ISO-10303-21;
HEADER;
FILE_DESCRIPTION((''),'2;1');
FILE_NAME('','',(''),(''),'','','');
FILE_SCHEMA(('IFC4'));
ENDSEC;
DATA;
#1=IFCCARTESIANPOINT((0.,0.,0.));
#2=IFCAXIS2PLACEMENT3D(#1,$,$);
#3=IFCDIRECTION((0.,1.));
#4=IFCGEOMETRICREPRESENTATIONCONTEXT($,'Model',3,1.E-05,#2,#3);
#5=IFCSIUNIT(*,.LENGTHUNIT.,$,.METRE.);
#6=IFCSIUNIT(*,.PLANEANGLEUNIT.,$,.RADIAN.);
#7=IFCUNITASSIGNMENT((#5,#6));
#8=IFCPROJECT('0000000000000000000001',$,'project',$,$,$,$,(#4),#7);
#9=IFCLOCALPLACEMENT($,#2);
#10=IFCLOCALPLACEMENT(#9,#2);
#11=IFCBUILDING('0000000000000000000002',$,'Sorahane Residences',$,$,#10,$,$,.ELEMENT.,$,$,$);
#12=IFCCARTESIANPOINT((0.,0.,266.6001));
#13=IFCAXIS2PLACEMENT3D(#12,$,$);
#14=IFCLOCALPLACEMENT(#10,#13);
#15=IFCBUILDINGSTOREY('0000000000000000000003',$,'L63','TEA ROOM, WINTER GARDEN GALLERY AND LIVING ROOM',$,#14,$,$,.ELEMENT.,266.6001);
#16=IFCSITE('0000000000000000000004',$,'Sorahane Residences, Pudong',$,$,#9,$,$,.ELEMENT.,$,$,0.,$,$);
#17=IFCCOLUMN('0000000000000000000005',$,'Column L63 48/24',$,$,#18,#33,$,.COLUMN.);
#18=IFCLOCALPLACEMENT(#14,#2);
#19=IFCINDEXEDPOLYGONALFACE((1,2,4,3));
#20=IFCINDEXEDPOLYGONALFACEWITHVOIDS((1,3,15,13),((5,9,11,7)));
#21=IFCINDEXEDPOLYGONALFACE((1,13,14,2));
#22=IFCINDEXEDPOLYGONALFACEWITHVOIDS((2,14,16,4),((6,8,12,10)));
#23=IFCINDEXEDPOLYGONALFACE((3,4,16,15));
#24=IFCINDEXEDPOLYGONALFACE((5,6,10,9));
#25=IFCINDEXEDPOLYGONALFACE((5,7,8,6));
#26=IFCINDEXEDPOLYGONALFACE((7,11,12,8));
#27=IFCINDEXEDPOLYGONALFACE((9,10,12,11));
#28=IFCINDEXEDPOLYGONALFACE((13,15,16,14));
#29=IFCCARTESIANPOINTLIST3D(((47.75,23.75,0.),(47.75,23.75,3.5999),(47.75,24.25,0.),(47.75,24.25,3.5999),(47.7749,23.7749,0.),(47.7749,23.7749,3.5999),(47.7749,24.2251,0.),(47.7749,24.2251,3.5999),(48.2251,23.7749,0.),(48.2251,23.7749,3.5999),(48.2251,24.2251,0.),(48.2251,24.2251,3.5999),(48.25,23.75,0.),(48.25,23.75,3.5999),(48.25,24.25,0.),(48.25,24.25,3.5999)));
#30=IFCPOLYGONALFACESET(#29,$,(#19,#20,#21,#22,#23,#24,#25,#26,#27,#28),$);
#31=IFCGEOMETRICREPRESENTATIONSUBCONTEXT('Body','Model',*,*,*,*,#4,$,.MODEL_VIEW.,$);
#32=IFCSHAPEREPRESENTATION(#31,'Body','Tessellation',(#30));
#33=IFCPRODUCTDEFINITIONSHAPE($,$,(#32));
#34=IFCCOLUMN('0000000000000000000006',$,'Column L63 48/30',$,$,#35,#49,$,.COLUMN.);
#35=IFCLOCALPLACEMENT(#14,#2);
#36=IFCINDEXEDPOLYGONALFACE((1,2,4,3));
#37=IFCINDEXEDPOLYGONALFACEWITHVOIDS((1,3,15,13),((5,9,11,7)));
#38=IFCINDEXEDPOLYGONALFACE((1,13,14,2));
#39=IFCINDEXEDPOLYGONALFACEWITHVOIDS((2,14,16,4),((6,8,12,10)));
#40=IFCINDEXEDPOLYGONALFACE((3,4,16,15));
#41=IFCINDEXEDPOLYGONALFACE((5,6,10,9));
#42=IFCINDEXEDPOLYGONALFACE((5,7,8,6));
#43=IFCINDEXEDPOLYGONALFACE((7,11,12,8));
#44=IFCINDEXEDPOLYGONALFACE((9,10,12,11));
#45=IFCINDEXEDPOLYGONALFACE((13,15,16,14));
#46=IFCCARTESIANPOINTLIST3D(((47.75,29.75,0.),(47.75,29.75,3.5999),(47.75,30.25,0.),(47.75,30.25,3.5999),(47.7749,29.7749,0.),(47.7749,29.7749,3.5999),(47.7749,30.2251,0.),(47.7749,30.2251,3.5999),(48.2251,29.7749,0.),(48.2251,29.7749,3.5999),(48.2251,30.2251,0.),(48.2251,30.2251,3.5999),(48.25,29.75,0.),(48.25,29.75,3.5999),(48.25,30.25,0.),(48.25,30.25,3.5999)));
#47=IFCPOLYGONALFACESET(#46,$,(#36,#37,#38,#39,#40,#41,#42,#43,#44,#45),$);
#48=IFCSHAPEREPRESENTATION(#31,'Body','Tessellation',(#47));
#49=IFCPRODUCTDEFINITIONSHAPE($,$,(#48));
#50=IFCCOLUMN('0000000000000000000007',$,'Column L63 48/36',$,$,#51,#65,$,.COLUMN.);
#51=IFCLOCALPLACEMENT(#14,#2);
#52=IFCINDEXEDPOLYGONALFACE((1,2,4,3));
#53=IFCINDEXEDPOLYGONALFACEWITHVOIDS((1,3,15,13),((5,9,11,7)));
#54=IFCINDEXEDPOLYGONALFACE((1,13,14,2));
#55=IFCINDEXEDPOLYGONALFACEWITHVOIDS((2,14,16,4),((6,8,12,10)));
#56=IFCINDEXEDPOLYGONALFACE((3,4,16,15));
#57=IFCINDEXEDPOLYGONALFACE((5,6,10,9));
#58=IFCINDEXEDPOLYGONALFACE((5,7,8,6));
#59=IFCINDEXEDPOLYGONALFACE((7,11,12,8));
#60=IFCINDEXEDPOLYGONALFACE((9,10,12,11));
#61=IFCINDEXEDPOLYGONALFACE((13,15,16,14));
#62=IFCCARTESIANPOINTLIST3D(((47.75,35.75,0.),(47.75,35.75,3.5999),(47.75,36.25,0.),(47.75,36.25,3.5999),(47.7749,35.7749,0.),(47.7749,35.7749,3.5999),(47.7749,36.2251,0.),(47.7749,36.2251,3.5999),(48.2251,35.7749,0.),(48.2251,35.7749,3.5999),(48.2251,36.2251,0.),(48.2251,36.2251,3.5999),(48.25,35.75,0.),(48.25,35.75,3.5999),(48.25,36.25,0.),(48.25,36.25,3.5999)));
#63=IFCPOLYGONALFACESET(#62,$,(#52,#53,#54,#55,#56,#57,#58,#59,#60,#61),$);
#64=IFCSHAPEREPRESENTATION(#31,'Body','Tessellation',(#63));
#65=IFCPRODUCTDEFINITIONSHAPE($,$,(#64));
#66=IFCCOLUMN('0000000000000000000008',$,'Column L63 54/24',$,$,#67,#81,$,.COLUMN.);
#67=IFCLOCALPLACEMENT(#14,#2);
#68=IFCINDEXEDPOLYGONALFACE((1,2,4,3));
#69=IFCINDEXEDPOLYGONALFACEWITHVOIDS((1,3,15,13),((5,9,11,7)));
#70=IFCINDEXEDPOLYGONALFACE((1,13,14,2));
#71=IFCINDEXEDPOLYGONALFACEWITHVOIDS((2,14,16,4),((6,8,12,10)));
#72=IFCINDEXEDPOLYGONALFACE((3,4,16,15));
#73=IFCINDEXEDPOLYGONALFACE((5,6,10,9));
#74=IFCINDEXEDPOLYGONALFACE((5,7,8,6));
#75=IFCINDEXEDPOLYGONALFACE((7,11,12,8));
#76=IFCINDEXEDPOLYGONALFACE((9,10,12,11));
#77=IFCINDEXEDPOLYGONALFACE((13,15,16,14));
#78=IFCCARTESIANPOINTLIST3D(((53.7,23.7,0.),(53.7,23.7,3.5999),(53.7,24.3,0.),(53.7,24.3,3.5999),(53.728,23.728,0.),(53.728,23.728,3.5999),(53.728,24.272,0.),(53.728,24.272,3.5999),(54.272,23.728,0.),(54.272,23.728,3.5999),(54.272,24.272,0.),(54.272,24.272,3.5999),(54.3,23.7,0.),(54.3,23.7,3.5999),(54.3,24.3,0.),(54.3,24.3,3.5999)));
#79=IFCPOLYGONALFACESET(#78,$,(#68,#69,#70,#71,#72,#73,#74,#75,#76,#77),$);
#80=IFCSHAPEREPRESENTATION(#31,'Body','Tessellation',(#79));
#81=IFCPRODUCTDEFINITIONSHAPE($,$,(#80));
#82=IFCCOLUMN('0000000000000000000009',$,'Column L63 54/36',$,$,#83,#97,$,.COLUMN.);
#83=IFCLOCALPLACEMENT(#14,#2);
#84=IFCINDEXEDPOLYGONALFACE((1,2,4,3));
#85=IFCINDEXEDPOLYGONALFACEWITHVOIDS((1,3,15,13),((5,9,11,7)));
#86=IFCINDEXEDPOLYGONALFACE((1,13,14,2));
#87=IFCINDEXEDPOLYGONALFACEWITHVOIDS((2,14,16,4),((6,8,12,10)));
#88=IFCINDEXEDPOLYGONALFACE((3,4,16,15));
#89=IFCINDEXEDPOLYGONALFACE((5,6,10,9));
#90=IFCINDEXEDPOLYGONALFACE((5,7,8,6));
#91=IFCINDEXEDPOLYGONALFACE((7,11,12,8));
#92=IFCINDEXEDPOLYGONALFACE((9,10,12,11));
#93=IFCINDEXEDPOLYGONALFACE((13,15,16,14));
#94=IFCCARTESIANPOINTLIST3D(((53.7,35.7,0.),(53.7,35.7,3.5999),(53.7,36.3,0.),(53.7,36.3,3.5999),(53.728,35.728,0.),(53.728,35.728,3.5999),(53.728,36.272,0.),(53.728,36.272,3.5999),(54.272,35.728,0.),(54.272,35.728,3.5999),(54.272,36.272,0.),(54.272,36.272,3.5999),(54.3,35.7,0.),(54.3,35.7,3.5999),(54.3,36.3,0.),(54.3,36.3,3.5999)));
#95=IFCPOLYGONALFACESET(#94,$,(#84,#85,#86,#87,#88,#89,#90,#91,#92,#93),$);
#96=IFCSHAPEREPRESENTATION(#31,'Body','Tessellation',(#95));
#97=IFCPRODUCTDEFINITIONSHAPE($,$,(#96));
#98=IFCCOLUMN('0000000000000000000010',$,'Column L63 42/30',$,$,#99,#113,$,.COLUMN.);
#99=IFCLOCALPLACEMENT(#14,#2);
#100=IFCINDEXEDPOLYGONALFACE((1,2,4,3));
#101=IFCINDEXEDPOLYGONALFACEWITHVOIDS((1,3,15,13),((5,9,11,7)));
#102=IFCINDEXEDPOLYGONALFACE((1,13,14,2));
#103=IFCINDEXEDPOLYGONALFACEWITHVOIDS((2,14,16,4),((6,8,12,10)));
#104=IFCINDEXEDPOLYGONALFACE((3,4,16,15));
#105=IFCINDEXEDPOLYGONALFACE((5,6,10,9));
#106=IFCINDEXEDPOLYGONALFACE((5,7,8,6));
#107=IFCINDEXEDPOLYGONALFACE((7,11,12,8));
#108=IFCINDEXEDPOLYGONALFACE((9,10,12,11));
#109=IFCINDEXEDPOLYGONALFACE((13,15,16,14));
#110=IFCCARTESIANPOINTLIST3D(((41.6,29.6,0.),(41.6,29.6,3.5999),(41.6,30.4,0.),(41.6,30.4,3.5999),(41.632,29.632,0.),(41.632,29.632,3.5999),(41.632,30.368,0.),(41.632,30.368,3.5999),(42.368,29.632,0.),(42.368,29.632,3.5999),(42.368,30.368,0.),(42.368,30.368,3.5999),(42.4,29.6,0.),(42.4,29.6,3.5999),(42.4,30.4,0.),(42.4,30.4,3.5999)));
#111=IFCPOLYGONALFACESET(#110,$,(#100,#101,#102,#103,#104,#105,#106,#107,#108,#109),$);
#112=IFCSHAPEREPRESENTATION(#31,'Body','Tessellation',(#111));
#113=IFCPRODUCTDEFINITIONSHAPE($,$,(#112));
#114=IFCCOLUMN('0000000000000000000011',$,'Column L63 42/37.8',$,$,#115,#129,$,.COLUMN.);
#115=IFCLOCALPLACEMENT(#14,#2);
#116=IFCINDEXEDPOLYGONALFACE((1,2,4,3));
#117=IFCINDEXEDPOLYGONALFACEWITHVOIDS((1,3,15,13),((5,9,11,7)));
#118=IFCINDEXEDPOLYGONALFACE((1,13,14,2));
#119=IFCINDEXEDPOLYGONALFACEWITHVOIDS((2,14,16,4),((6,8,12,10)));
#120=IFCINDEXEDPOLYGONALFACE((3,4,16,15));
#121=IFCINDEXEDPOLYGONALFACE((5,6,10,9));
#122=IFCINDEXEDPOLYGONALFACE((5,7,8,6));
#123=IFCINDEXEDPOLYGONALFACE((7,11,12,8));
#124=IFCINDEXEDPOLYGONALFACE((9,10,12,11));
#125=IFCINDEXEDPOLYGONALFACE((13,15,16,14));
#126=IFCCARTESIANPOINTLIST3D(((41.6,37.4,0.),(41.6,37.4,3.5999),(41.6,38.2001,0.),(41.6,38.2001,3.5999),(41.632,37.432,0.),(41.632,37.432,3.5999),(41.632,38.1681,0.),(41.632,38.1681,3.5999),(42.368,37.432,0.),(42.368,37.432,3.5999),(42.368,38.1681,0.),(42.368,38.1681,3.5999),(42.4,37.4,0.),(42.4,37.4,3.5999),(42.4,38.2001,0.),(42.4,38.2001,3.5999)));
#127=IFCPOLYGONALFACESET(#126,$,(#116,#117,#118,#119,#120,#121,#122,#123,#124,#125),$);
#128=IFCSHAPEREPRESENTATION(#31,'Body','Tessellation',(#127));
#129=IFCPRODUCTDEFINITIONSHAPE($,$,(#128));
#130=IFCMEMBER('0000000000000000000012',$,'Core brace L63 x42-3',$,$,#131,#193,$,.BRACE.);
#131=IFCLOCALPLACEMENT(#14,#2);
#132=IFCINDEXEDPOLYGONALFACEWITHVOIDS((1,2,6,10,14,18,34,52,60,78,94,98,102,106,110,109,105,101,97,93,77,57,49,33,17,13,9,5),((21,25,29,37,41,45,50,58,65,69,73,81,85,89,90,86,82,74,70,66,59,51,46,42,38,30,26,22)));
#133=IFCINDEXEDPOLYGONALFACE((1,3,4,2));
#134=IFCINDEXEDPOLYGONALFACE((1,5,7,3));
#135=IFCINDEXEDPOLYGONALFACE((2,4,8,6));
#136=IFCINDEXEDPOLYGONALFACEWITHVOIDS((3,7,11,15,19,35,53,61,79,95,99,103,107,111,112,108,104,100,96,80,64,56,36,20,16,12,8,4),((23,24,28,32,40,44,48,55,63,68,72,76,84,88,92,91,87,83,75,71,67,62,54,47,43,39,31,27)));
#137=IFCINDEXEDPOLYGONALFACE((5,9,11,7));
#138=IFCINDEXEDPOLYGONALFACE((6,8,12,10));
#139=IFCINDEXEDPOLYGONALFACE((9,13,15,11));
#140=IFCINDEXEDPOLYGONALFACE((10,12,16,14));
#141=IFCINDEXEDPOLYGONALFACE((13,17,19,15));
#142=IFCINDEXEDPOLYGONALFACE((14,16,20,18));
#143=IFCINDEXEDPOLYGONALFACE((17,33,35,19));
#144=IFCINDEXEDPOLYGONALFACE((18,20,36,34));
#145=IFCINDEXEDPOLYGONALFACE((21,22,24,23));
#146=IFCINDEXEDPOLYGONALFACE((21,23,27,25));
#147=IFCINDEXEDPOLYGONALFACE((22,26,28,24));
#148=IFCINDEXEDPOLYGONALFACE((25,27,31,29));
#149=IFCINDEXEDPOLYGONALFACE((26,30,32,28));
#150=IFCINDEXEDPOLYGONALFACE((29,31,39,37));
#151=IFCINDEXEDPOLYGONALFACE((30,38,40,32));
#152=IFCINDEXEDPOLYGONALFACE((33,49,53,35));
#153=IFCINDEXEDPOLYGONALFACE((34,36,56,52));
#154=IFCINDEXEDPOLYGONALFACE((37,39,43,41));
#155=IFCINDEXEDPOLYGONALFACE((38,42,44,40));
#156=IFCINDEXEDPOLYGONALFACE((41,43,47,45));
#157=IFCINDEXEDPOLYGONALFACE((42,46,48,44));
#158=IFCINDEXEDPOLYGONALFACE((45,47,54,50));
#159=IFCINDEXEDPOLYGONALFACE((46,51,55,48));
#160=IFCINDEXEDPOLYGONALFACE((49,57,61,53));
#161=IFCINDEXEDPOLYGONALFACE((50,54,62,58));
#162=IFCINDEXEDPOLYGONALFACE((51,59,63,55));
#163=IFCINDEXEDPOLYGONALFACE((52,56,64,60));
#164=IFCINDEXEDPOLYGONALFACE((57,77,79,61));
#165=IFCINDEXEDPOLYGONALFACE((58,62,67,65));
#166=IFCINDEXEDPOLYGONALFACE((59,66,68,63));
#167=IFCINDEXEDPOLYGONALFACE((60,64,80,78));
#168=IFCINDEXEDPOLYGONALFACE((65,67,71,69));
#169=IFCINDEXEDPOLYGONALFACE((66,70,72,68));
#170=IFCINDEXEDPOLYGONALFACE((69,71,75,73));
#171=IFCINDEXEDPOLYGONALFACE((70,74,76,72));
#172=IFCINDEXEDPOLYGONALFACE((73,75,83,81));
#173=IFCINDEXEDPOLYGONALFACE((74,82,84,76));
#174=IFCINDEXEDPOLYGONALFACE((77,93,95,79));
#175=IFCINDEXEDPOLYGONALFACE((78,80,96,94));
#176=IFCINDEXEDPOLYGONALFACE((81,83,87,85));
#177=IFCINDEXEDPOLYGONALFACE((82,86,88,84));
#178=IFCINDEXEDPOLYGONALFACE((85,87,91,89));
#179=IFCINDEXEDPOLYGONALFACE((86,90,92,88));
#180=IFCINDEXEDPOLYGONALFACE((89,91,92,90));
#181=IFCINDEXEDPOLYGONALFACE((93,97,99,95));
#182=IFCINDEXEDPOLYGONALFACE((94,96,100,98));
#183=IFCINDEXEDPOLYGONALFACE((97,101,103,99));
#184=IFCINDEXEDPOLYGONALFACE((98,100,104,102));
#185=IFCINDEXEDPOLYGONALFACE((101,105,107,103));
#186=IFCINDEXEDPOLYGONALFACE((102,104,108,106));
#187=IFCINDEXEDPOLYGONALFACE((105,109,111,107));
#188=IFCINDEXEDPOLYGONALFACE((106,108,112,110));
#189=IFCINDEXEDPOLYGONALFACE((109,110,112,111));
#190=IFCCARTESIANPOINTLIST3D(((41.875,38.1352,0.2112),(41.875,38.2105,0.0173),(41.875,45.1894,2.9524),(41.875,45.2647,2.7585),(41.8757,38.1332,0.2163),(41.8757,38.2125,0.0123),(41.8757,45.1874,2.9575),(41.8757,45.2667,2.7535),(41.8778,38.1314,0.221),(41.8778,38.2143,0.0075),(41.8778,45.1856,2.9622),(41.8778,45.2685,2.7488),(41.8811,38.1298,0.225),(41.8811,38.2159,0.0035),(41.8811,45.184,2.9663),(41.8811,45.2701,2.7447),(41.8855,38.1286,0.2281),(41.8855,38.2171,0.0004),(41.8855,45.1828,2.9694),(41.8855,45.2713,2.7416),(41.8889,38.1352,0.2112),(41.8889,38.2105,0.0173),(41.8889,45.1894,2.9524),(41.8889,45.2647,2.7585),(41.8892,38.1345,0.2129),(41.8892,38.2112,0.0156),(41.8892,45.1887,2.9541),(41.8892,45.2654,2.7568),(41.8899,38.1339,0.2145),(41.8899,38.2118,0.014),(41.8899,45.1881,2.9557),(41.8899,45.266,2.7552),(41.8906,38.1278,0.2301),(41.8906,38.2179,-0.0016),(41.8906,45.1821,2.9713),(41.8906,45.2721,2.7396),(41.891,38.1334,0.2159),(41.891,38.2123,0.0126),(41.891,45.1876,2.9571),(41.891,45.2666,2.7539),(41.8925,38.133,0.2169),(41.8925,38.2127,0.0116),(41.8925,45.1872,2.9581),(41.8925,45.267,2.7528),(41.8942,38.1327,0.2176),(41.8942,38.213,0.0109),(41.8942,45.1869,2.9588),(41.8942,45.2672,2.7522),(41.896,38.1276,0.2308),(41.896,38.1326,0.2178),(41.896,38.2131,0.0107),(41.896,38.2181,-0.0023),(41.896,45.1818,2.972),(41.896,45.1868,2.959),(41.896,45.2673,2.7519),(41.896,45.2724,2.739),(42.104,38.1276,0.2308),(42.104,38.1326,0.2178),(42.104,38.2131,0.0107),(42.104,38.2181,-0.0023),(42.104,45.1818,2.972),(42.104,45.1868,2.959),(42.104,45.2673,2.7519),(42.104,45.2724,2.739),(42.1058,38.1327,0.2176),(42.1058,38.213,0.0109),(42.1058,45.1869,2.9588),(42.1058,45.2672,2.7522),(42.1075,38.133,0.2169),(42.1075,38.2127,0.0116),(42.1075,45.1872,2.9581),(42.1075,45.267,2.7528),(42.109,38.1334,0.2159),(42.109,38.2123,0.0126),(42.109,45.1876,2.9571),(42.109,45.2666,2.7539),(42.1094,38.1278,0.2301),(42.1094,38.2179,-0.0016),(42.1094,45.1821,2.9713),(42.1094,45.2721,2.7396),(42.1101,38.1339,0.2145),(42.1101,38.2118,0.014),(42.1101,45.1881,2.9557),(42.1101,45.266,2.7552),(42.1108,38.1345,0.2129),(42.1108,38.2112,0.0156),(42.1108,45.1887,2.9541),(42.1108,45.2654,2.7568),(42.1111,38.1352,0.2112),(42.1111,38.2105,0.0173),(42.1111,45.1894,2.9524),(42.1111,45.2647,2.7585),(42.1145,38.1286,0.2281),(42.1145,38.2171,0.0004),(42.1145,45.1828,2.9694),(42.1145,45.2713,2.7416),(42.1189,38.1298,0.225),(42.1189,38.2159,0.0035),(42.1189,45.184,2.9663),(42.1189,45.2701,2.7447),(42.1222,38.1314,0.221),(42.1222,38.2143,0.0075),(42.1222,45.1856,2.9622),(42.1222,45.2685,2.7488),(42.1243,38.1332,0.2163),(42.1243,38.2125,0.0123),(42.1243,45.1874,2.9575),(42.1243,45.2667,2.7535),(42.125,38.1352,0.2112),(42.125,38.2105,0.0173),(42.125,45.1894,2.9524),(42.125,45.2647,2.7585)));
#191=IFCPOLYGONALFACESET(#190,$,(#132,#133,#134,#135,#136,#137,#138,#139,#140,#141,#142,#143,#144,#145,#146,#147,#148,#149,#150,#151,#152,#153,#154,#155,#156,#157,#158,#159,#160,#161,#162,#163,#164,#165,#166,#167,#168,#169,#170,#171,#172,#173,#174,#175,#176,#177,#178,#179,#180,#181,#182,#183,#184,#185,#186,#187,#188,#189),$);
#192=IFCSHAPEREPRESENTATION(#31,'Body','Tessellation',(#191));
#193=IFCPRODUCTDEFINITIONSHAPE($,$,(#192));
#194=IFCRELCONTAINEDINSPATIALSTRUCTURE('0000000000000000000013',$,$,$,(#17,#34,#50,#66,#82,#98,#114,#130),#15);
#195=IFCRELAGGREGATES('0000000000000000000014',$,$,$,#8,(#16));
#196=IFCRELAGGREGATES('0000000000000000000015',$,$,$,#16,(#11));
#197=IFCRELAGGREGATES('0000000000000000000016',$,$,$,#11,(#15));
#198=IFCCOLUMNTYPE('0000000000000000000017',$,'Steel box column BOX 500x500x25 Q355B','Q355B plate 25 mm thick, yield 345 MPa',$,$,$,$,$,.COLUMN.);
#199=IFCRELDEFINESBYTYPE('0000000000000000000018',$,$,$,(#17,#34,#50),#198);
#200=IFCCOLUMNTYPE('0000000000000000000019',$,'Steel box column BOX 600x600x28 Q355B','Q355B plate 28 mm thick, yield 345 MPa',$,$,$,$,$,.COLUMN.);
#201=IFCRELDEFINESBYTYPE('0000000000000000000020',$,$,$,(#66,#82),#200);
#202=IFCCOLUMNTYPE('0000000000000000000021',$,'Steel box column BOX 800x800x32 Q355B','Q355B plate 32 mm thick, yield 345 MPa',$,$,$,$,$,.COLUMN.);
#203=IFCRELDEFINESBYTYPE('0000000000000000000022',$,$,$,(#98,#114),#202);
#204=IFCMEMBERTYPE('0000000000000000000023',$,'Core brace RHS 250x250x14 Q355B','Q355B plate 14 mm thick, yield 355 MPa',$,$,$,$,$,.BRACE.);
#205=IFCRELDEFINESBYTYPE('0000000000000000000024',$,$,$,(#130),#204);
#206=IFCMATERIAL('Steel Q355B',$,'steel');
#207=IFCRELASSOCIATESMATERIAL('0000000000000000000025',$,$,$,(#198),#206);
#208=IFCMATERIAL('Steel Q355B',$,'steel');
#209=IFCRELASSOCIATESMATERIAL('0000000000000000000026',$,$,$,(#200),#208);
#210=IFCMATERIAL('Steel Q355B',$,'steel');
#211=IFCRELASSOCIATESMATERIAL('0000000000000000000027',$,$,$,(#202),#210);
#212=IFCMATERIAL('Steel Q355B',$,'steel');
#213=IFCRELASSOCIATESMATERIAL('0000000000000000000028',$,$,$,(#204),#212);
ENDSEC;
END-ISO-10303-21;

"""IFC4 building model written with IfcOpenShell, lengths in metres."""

from ifc_helpers import new_model, si_unit, direction, frame, origin, origin_2d, place, context, subcontext, project, spatial, hollow_rectangle, extrude, material, material_profile, profile_set, type_object, element, save


model = new_model("IFC4")

# Units and contexts
model_context = context("Model", 3, precision=1e-05, world=origin(), true_north=direction((0.0, 1.0)))
body_context = subcontext(model_context, "Body", "Model", "MODEL_VIEW")
ifc_project = project(units=[si_unit("LENGTHUNIT", "METRE"), si_unit("PLANEANGLEUNIT", "RADIAN")], contexts=[model_context])

# Site, building, storey
site_placement = place(None, origin())
site = spatial("IfcSite", under=ifc_project, at=site_placement, Name="Sorahane Residences, Pudong", CompositionType="ELEMENT", RefElevation=0.0)
building_placement = place(site_placement, origin())
building = spatial("IfcBuilding", under=site, at=building_placement, Name="Sorahane Residences", CompositionType="ELEMENT")
storey_placement = place(building_placement, frame((0.0, 0.0, 266.6001)))
storey = spatial("IfcBuildingStorey", under=building, at=storey_placement, Name="L63", Description="TEA ROOM, WINTER GARDEN GALLERY AND LIVING ROOM", CompositionType="ELEMENT", Elevation=266.6001)

# Columns
ifc_material_1 = material(Name="Steel Q355B", Category="steel")
ifc_material_profile_1 = material_profile(ifc_material_1, hollow_rectangle(XDim=0.5, YDim=0.5, WallThickness=0.0249, at=origin_2d()), Name="BOX 500x500x25")
ifc_profile_set_1 = profile_set([ifc_material_profile_1], Name="Steel Q355B")
column_type_1 = type_object("IfcColumnType", Name="Steel box column BOX 500x500x25 Q355B", Description="Q355B plate 25 mm thick, yield 345 MPa", PredefinedType="COLUMN", material=ifc_profile_set_1)
for number, where, z_axis, x_axis, name in (
    (1, (48.0, 24.0, 0.0), (0.0, 0.0, 1.0), (1.0, 0.0, 0.0), "Column L63 48/24"),
    (2, (48.0, 30.0, 0.0), (0.0, 0.0, 1.0), (1.0, 0.0, 0.0), "Column L63 48/30"),
    (3, (48.0, 36.0, 0.0), (0.0, 0.0, 1.0), (1.0, 0.0, 0.0), "Column L63 48/36"),
):
    element("IfcColumn", number, at=place(storey_placement, frame(where, z_axis=z_axis, x_axis=x_axis)), inside=storey, type_object=column_type_1, Name=name, PredefinedType="COLUMN", context=body_context, shape_type="SweptSolid", body=[
        extrude(hollow_rectangle(XDim=0.5, YDim=0.5, WallThickness=0.0249, at=origin_2d()), origin(), (0.0, 0.0, 1.0), 3.5999),
    ])
ifc_material_2 = material(Name="Steel Q355B", Category="steel")
ifc_material_profile_2 = material_profile(ifc_material_2, hollow_rectangle(XDim=0.6001, YDim=0.6001, WallThickness=0.0281, at=origin_2d()), Name="BOX 600x600x28")
ifc_profile_set_2 = profile_set([ifc_material_profile_2], Name="Steel Q355B")
column_type_2 = type_object("IfcColumnType", Name="Steel box column BOX 600x600x28 Q355B", Description="Q355B plate 28 mm thick, yield 345 MPa", PredefinedType="COLUMN", material=ifc_profile_set_2)
for number, where, z_axis, x_axis, name in (
    (4, (54.0, 24.0, 0.0), (0.0, 0.0, 1.0), (1.0, 0.0, 0.0), "Column L63 54/24"),
    (5, (54.0, 36.0, 0.0), (0.0, 0.0, 1.0), (1.0, 0.0, 0.0), "Column L63 54/36"),
):
    element("IfcColumn", number, at=place(storey_placement, frame(where, z_axis=z_axis, x_axis=x_axis)), inside=storey, type_object=column_type_2, Name=name, PredefinedType="COLUMN", context=body_context, shape_type="SweptSolid", body=[
        extrude(hollow_rectangle(XDim=0.6001, YDim=0.6001, WallThickness=0.0281, at=origin_2d()), origin(), (0.0, 0.0, 1.0), 3.5999),
    ])
ifc_material_3 = material(Name="Steel Q355B", Category="steel")
ifc_material_profile_3 = material_profile(ifc_material_3, hollow_rectangle(XDim=0.8, YDim=0.8, WallThickness=0.032, at=origin_2d()), Name="BOX 800x800x32")
ifc_profile_set_3 = profile_set([ifc_material_profile_3], Name="Steel Q355B")
column_type_3 = type_object("IfcColumnType", Name="Steel box column BOX 800x800x32 Q355B", Description="Q355B plate 32 mm thick, yield 345 MPa", PredefinedType="COLUMN", material=ifc_profile_set_3)
for number, where, z_axis, x_axis, name in (
    (6, (42.0, 30.0, 0.0), (0.0, 0.0, 1.0), (1.0, 0.0, 0.0), "Column L63 42/30"),
    (7, (42.0, 37.8, 0.0), (0.0, 0.0, 1.0), (1.0, 0.0, 0.0), "Column L63 42/37.8"),
):
    element("IfcColumn", number, at=place(storey_placement, frame(where, z_axis=z_axis, x_axis=x_axis)), inside=storey, type_object=column_type_3, Name=name, PredefinedType="COLUMN", context=body_context, shape_type="SweptSolid", body=[
        extrude(hollow_rectangle(XDim=0.8, YDim=0.8, WallThickness=0.032, at=origin_2d()), origin(), (0.0, 0.0, 1.0), 3.5999),
    ])

# Member
ifc_material_4 = material(Name="Steel Q355B", Category="steel")
ifc_material_profile_4 = material_profile(ifc_material_4, hollow_rectangle(XDim=0.25, YDim=0.25, WallThickness=0.0139, InnerFilletRadius=0.0071, OuterFilletRadius=0.021, at=origin_2d()), Name="RHS 250x250x14")
ifc_profile_set_4 = profile_set([ifc_material_profile_4], Name="Steel Q355B")
member_type_1 = type_object("IfcMemberType", Name="Core brace RHS 250x250x14 Q355B", Description="Q355B plate 14 mm thick, yield 355 MPa", PredefinedType="BRACE", material=ifc_profile_set_4)
member_1_placement = place(storey_placement, frame((42.0, 38.1729, 0.1143), z_axis=(0.0, 0.932098, 0.362207), x_axis=(-1.0, 0.0, 0.0)))
element("IfcMember", 8, at=member_1_placement, inside=storey, type_object=member_type_1, Name="Core brace L63 x42-3", PredefinedType="BRACE", context=body_context, shape_type="SweptSolid", body=[
    extrude(hollow_rectangle(XDim=0.25, YDim=0.25, WallThickness=0.0139, InnerFilletRadius=0.0071, OuterFilletRadius=0.021, at=origin_2d()), origin(), (0.0, 0.0, 1.0), 7.5681),
])

save(model, "model.ifc")
